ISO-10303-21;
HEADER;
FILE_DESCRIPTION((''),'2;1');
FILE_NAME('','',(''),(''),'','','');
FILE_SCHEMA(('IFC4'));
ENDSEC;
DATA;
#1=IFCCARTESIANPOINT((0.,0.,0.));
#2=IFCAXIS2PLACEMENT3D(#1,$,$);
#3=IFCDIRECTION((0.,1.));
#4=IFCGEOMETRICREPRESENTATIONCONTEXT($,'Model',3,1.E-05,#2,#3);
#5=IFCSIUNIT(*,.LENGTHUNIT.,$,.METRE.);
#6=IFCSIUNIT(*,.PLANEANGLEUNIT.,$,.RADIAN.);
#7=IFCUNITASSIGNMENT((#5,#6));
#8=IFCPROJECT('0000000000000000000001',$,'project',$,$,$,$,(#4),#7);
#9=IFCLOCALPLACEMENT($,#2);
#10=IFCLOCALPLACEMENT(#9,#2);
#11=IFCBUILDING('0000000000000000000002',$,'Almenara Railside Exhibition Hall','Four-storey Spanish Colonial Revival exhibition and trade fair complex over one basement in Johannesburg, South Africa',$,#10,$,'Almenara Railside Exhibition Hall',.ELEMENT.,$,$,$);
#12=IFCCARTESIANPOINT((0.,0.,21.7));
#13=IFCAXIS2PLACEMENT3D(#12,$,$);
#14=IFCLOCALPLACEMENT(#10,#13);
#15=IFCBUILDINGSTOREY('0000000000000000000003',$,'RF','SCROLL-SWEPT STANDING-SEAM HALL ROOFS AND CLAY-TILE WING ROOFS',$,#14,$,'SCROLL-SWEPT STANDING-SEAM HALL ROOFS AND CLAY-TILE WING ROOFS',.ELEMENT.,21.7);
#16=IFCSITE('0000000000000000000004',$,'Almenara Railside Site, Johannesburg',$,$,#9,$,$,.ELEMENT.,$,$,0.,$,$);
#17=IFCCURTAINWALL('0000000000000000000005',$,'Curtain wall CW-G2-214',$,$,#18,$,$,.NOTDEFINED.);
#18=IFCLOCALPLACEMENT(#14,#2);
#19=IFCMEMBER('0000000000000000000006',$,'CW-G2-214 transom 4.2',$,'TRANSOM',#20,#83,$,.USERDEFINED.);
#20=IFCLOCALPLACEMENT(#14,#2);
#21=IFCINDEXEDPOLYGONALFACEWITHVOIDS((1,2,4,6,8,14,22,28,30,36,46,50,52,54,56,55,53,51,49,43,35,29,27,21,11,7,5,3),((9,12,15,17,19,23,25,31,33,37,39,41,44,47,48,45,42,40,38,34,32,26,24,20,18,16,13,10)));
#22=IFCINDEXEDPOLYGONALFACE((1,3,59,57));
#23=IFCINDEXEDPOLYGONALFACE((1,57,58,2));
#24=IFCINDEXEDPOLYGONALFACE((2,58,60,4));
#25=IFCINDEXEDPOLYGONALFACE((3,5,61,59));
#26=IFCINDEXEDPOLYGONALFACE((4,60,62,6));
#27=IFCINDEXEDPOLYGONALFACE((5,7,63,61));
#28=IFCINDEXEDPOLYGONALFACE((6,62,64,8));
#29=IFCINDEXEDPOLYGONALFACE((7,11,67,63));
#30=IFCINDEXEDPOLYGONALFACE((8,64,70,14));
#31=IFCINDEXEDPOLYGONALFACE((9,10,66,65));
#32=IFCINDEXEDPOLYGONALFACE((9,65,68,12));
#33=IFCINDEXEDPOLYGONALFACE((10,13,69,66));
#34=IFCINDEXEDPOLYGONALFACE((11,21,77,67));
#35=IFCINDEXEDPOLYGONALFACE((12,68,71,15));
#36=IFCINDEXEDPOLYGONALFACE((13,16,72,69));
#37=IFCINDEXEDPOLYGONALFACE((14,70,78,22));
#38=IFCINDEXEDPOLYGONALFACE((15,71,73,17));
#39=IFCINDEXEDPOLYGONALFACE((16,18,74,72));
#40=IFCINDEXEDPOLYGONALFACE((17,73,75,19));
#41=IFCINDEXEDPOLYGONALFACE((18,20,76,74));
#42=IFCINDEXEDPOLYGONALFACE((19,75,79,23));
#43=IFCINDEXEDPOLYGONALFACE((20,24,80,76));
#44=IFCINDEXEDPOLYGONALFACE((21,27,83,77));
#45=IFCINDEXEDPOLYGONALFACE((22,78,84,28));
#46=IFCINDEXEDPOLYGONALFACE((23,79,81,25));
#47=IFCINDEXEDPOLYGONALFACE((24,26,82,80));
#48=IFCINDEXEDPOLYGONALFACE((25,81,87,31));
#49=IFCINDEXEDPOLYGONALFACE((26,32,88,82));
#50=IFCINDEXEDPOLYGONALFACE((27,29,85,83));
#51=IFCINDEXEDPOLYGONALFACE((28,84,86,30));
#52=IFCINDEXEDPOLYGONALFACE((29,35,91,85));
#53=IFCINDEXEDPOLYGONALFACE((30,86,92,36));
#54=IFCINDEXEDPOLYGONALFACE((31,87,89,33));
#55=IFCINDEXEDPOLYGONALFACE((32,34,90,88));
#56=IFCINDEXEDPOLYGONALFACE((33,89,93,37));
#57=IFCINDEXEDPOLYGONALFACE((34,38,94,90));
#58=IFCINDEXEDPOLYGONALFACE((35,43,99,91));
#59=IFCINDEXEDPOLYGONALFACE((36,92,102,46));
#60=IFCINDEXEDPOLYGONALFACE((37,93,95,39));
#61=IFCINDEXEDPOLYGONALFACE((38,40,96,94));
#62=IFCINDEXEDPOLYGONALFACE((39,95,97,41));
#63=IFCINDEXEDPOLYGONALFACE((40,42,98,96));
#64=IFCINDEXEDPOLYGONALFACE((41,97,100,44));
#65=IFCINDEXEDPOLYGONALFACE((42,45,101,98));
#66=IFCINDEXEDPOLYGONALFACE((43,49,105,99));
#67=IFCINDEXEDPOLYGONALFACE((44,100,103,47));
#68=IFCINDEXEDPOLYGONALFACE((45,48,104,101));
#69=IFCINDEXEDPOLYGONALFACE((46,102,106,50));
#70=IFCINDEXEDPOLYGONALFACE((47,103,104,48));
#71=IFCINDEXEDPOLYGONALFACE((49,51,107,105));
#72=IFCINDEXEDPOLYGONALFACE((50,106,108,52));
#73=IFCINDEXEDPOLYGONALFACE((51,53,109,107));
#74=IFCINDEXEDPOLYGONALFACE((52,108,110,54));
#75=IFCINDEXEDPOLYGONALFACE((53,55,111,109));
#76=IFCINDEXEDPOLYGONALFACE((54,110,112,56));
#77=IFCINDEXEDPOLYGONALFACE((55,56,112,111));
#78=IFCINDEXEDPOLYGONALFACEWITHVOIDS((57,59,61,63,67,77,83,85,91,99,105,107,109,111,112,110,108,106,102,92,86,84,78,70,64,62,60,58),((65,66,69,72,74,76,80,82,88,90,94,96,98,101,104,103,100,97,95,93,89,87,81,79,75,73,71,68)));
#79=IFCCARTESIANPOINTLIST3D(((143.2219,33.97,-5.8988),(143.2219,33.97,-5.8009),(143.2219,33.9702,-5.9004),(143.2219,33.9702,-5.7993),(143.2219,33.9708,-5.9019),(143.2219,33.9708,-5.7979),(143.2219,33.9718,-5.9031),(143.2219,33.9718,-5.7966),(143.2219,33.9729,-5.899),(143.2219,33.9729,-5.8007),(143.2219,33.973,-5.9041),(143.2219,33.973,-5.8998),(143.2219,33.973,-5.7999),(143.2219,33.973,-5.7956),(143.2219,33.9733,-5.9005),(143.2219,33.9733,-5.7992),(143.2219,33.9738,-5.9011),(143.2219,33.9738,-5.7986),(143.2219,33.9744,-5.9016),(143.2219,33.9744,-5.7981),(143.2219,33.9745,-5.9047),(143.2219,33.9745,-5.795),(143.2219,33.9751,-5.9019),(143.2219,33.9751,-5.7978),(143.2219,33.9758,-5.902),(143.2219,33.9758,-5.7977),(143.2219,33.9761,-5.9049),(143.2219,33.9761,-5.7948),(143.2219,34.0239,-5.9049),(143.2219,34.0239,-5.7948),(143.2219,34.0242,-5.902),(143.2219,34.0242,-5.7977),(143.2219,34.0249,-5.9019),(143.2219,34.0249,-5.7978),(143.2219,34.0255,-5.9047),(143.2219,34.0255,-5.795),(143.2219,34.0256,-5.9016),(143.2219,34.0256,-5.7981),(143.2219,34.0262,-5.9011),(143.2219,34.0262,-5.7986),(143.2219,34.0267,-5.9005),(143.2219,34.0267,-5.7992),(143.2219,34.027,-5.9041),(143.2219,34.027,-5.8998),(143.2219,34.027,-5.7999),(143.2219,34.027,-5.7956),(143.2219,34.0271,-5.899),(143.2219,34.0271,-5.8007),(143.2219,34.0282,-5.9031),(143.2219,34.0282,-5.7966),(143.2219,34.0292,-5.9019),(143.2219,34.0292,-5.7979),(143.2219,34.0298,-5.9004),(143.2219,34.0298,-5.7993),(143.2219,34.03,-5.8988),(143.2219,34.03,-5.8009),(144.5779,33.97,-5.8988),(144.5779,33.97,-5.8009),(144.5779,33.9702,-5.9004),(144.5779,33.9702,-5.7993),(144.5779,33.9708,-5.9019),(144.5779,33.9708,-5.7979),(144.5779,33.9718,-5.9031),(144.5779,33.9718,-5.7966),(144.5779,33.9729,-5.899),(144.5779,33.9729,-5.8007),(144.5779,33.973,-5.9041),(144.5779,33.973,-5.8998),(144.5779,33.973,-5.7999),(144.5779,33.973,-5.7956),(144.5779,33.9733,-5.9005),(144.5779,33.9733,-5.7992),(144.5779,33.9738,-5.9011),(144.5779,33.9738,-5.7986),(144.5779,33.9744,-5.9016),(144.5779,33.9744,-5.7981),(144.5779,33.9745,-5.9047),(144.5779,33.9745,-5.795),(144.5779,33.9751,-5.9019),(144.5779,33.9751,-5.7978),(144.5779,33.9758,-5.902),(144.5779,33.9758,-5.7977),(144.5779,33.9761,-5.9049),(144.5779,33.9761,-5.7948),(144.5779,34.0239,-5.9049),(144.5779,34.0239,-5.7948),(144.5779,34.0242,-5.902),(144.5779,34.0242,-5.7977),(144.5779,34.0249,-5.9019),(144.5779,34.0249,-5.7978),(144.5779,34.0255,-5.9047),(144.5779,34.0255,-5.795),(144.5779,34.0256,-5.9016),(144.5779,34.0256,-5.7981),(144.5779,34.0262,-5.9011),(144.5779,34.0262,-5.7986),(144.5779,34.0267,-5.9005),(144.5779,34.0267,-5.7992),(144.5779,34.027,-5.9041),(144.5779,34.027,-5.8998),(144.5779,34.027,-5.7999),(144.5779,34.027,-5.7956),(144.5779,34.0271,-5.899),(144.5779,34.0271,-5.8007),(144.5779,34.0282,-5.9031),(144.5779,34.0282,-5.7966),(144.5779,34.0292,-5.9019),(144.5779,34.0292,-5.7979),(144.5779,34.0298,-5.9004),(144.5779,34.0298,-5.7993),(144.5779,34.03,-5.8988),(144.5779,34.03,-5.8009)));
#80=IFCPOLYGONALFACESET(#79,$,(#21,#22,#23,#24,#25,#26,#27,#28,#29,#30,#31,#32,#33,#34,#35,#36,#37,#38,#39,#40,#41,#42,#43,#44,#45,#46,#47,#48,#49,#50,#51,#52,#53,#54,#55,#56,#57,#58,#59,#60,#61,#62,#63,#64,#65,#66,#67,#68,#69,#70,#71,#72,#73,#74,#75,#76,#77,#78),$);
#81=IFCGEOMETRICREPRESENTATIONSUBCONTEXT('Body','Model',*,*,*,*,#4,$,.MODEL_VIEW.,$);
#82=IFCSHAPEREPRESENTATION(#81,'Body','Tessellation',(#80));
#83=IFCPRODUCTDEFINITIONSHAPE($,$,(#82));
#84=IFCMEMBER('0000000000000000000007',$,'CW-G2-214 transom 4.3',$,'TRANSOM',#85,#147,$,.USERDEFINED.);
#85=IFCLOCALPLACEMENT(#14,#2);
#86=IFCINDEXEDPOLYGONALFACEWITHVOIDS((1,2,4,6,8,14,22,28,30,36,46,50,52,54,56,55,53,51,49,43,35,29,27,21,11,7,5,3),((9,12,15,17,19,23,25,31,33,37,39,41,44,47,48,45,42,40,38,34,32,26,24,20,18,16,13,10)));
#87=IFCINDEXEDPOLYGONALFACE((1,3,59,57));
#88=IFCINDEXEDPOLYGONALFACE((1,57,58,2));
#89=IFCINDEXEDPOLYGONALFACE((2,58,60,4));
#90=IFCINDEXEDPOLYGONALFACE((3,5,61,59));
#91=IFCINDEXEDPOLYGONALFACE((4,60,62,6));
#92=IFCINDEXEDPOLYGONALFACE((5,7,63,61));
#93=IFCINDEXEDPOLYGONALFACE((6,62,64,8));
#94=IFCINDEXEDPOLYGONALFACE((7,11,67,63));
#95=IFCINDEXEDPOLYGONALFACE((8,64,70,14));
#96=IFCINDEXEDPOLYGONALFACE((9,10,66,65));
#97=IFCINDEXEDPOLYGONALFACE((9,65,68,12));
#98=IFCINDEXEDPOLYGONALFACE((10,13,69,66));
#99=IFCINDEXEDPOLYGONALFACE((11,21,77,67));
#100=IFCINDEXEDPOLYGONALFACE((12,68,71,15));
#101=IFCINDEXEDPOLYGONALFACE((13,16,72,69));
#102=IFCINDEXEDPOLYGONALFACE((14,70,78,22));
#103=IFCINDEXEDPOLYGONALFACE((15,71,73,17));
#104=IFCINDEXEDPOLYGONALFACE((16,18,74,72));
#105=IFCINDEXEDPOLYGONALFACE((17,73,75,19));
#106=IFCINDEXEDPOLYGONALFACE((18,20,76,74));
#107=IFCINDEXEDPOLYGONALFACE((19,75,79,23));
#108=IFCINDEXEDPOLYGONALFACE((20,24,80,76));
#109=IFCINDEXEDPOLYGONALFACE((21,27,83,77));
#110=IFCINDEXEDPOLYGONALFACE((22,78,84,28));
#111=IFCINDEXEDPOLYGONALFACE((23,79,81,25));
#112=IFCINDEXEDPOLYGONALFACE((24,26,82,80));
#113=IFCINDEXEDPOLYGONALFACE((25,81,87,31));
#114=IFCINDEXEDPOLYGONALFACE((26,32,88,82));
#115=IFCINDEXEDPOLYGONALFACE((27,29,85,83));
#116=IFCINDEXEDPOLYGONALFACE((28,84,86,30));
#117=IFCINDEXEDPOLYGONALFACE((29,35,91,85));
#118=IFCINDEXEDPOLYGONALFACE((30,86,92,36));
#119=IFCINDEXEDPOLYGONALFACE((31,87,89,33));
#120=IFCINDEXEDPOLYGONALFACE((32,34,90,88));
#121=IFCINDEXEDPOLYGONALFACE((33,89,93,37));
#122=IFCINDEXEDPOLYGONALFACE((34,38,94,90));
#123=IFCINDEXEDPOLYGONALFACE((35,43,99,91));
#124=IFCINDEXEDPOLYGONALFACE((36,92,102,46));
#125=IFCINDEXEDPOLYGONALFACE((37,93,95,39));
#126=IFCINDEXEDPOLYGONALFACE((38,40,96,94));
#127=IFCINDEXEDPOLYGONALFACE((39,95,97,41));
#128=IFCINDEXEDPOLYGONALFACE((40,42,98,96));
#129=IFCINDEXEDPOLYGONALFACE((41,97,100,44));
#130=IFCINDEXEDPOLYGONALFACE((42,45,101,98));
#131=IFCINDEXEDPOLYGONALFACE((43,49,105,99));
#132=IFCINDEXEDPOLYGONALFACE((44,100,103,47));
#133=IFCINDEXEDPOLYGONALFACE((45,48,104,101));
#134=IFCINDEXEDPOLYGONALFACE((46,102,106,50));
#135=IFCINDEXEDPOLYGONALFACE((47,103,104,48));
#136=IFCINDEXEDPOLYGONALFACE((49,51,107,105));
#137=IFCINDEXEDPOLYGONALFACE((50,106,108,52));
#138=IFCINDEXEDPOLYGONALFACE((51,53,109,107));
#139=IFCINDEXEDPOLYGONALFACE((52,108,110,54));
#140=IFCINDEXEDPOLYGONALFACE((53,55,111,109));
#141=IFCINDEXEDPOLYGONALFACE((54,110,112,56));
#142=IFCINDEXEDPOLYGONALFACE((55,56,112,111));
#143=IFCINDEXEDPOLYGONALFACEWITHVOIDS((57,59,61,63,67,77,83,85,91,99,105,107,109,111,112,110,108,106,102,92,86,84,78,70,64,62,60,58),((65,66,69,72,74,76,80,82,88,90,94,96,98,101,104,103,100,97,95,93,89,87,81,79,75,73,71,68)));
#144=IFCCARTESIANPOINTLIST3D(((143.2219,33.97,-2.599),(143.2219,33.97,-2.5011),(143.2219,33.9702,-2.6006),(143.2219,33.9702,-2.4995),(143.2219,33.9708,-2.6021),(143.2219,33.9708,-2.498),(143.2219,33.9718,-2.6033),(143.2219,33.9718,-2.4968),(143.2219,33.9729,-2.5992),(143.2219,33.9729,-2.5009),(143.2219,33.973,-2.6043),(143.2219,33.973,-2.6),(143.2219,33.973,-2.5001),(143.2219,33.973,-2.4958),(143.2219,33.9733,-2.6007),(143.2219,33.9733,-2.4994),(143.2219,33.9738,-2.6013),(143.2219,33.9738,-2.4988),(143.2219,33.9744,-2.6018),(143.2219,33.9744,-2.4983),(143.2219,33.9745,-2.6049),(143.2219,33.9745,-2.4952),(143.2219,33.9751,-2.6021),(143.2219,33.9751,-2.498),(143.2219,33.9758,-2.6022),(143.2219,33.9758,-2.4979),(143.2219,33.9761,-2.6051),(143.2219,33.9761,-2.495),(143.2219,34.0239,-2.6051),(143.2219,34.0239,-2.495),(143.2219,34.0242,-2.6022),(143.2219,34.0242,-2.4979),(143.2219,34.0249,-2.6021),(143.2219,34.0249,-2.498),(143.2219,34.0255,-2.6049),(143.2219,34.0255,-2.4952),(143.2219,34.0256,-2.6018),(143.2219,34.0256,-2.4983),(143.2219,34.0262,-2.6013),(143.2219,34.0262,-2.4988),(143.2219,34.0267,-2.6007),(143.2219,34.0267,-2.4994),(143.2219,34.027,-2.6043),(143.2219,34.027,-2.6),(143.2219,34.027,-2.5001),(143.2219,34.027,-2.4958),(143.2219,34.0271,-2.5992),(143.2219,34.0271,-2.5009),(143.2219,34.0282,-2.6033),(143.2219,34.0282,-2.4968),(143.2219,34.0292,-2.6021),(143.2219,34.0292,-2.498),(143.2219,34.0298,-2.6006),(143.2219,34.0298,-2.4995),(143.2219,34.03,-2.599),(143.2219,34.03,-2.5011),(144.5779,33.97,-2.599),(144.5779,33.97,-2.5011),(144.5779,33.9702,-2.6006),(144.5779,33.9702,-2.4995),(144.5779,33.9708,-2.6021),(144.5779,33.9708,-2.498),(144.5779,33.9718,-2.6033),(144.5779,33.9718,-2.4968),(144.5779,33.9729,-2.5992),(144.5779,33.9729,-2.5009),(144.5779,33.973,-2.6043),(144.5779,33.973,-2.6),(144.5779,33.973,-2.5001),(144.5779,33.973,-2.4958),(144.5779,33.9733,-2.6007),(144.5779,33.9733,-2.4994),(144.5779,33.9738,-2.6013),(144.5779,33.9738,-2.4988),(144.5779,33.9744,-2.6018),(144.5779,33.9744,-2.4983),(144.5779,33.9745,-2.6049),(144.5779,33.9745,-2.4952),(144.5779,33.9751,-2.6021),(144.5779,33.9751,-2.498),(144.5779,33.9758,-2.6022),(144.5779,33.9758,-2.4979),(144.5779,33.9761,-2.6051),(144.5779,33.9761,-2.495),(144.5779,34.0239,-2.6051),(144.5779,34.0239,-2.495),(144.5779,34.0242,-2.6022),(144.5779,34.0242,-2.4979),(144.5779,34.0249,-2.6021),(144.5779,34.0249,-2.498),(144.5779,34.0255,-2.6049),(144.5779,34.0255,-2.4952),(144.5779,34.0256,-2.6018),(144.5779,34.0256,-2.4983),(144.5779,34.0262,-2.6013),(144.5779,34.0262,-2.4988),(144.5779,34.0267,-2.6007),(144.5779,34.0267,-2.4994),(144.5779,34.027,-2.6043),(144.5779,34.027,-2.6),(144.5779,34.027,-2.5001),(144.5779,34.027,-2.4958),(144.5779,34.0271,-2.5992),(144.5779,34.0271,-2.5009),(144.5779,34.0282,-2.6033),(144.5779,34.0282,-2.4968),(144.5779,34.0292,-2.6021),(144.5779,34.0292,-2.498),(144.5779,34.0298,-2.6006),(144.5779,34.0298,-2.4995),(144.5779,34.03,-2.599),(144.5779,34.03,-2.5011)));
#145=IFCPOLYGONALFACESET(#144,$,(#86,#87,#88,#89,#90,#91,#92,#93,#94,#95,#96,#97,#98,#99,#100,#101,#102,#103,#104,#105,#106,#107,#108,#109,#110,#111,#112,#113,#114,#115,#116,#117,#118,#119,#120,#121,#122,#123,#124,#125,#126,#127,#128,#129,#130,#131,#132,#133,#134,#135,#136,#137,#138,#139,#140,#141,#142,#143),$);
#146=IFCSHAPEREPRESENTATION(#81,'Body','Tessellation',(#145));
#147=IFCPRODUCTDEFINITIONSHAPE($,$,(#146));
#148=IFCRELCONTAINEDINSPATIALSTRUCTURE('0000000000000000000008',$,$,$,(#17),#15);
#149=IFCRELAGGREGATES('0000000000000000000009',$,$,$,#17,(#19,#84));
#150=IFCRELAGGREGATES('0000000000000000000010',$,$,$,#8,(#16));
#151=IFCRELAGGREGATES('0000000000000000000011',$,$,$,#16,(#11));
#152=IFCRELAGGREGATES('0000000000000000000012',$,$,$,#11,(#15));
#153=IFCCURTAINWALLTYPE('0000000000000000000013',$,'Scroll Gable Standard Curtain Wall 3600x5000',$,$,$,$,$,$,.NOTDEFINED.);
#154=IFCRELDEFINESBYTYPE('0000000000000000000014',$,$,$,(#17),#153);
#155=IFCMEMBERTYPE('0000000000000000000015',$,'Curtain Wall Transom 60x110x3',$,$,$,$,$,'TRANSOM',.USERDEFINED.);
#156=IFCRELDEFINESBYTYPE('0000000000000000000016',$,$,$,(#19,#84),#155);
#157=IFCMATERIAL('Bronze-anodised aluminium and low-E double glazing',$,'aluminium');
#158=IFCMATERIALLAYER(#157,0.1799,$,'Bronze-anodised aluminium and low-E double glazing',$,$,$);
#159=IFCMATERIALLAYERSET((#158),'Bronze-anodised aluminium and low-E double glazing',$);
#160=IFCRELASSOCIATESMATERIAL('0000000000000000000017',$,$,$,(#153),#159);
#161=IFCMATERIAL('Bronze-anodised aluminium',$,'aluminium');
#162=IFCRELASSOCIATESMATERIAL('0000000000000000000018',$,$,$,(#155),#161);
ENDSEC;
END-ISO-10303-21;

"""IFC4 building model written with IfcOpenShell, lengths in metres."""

from ifc_helpers import new_model, si_unit, direction, frame, origin, origin_2d, place, context, subcontext, project, spatial, hollow_rectangle, extrude, material, layer, layer_set, material_profile, profile_set, type_object, element, aggregate, save


model = new_model("IFC4")

# Units and contexts
model_context = context("Model", 3, precision=1e-05, world=origin(), true_north=direction((0.0, 1.0)))
body_context = subcontext(model_context, "Body", "Model", "MODEL_VIEW")
ifc_project = project(units=[si_unit("LENGTHUNIT", "METRE"), si_unit("PLANEANGLEUNIT", "RADIAN")], contexts=[model_context])

# Site, building, storey
site_placement = place(None, origin())
site = spatial("IfcSite", under=ifc_project, at=site_placement, Name="Almenara Railside Site, Johannesburg", CompositionType="ELEMENT", RefElevation=0.0)
building_placement = place(site_placement, origin())
building = spatial("IfcBuilding", under=site, at=building_placement, Name="Almenara Railside Exhibition Hall", Description="Four-storey Spanish Colonial Revival exhibition and trade fair complex over one basement in Johannesburg, South Africa", LongName="Almenara Railside Exhibition Hall", CompositionType="ELEMENT")
storey_placement = place(building_placement, frame((0.0, 0.0, 21.7)))
storey = spatial("IfcBuildingStorey", under=building, at=storey_placement, Name="RF", Description="SCROLL-SWEPT STANDING-SEAM HALL ROOFS AND CLAY-TILE WING ROOFS", LongName="SCROLL-SWEPT STANDING-SEAM HALL ROOFS AND CLAY-TILE WING ROOFS", CompositionType="ELEMENT", Elevation=21.7)

# Curtain wall, members
ifc_material_1 = material(Name="Bronze-anodised aluminium and low-E double glazing", Category="aluminium")
ifc_layer_1 = layer(ifc_material_1, 0.1799, Name="Bronze-anodised aluminium and low-E double glazing")
ifc_layer_set_1 = layer_set([ifc_layer_1], Name="Bronze-anodised aluminium and low-E double glazing")
curtain_wall_type = type_object("IfcCurtainWallType", Name="Scroll Gable Standard Curtain Wall 3600x5000", PredefinedType="NOTDEFINED", material=ifc_layer_set_1)
curtain_wall_placement = place(storey_placement, origin())
curtain_wall = element("IfcCurtainWall", 1, at=curtain_wall_placement, inside=storey, type_object=curtain_wall_type, Name="Curtain wall CW-G2-214", PredefinedType="NOTDEFINED")
ifc_material_2 = material(Name="Bronze-anodised aluminium", Category="aluminium")
ifc_material_profile_1 = material_profile(ifc_material_2, hollow_rectangle(XDim=0.0601, YDim=0.1101, WallThickness=0.0029, InnerFilletRadius=0.0029, OuterFilletRadius=0.0061, at=origin_2d()), Name="ALU-TRN 60x110x3")
ifc_profile_set_1 = profile_set([ifc_material_profile_1], Name="Bronze-anodised aluminium")
member_type_1 = type_object("IfcMemberType", Name="Curtain Wall Transom 60x110x3", ElementType="TRANSOM", PredefinedType="USERDEFINED", material=ifc_profile_set_1)
member_1_placement = place(storey_placement, frame((143.2219, 34.0, -5.8499), z_axis=(1.0, 0.0, 0.0), x_axis=(0.0, 1.0, 0.0)))
member_1 = element("IfcMember", 2, at=member_1_placement, type_object=member_type_1, Name="CW-G2-214 transom 4.2", ObjectType="TRANSOM", PredefinedType="USERDEFINED", context=body_context, shape_type="SweptSolid", body=[
    extrude(hollow_rectangle(XDim=0.0601, YDim=0.1101, WallThickness=0.0029, InnerFilletRadius=0.0029, OuterFilletRadius=0.0061, at=origin_2d()), origin(), (0.0, 0.0, 1.0), 1.356),
])
member_2_placement = place(storey_placement, frame((143.2219, 34.0, -2.55), z_axis=(1.0, 0.0, 0.0), x_axis=(0.0, 1.0, 0.0)))
member_2 = element("IfcMember", 3, at=member_2_placement, type_object=member_type_1, Name="CW-G2-214 transom 4.3", ObjectType="TRANSOM", PredefinedType="USERDEFINED", context=body_context, shape_type="SweptSolid", body=[
    extrude(hollow_rectangle(XDim=0.0601, YDim=0.1101, WallThickness=0.0029, InnerFilletRadius=0.0029, OuterFilletRadius=0.0061, at=origin_2d()), origin(), (0.0, 0.0, 1.0), 1.356),
])

aggregate(curtain_wall, [member_1, member_2])

save(model, "model.ifc")
